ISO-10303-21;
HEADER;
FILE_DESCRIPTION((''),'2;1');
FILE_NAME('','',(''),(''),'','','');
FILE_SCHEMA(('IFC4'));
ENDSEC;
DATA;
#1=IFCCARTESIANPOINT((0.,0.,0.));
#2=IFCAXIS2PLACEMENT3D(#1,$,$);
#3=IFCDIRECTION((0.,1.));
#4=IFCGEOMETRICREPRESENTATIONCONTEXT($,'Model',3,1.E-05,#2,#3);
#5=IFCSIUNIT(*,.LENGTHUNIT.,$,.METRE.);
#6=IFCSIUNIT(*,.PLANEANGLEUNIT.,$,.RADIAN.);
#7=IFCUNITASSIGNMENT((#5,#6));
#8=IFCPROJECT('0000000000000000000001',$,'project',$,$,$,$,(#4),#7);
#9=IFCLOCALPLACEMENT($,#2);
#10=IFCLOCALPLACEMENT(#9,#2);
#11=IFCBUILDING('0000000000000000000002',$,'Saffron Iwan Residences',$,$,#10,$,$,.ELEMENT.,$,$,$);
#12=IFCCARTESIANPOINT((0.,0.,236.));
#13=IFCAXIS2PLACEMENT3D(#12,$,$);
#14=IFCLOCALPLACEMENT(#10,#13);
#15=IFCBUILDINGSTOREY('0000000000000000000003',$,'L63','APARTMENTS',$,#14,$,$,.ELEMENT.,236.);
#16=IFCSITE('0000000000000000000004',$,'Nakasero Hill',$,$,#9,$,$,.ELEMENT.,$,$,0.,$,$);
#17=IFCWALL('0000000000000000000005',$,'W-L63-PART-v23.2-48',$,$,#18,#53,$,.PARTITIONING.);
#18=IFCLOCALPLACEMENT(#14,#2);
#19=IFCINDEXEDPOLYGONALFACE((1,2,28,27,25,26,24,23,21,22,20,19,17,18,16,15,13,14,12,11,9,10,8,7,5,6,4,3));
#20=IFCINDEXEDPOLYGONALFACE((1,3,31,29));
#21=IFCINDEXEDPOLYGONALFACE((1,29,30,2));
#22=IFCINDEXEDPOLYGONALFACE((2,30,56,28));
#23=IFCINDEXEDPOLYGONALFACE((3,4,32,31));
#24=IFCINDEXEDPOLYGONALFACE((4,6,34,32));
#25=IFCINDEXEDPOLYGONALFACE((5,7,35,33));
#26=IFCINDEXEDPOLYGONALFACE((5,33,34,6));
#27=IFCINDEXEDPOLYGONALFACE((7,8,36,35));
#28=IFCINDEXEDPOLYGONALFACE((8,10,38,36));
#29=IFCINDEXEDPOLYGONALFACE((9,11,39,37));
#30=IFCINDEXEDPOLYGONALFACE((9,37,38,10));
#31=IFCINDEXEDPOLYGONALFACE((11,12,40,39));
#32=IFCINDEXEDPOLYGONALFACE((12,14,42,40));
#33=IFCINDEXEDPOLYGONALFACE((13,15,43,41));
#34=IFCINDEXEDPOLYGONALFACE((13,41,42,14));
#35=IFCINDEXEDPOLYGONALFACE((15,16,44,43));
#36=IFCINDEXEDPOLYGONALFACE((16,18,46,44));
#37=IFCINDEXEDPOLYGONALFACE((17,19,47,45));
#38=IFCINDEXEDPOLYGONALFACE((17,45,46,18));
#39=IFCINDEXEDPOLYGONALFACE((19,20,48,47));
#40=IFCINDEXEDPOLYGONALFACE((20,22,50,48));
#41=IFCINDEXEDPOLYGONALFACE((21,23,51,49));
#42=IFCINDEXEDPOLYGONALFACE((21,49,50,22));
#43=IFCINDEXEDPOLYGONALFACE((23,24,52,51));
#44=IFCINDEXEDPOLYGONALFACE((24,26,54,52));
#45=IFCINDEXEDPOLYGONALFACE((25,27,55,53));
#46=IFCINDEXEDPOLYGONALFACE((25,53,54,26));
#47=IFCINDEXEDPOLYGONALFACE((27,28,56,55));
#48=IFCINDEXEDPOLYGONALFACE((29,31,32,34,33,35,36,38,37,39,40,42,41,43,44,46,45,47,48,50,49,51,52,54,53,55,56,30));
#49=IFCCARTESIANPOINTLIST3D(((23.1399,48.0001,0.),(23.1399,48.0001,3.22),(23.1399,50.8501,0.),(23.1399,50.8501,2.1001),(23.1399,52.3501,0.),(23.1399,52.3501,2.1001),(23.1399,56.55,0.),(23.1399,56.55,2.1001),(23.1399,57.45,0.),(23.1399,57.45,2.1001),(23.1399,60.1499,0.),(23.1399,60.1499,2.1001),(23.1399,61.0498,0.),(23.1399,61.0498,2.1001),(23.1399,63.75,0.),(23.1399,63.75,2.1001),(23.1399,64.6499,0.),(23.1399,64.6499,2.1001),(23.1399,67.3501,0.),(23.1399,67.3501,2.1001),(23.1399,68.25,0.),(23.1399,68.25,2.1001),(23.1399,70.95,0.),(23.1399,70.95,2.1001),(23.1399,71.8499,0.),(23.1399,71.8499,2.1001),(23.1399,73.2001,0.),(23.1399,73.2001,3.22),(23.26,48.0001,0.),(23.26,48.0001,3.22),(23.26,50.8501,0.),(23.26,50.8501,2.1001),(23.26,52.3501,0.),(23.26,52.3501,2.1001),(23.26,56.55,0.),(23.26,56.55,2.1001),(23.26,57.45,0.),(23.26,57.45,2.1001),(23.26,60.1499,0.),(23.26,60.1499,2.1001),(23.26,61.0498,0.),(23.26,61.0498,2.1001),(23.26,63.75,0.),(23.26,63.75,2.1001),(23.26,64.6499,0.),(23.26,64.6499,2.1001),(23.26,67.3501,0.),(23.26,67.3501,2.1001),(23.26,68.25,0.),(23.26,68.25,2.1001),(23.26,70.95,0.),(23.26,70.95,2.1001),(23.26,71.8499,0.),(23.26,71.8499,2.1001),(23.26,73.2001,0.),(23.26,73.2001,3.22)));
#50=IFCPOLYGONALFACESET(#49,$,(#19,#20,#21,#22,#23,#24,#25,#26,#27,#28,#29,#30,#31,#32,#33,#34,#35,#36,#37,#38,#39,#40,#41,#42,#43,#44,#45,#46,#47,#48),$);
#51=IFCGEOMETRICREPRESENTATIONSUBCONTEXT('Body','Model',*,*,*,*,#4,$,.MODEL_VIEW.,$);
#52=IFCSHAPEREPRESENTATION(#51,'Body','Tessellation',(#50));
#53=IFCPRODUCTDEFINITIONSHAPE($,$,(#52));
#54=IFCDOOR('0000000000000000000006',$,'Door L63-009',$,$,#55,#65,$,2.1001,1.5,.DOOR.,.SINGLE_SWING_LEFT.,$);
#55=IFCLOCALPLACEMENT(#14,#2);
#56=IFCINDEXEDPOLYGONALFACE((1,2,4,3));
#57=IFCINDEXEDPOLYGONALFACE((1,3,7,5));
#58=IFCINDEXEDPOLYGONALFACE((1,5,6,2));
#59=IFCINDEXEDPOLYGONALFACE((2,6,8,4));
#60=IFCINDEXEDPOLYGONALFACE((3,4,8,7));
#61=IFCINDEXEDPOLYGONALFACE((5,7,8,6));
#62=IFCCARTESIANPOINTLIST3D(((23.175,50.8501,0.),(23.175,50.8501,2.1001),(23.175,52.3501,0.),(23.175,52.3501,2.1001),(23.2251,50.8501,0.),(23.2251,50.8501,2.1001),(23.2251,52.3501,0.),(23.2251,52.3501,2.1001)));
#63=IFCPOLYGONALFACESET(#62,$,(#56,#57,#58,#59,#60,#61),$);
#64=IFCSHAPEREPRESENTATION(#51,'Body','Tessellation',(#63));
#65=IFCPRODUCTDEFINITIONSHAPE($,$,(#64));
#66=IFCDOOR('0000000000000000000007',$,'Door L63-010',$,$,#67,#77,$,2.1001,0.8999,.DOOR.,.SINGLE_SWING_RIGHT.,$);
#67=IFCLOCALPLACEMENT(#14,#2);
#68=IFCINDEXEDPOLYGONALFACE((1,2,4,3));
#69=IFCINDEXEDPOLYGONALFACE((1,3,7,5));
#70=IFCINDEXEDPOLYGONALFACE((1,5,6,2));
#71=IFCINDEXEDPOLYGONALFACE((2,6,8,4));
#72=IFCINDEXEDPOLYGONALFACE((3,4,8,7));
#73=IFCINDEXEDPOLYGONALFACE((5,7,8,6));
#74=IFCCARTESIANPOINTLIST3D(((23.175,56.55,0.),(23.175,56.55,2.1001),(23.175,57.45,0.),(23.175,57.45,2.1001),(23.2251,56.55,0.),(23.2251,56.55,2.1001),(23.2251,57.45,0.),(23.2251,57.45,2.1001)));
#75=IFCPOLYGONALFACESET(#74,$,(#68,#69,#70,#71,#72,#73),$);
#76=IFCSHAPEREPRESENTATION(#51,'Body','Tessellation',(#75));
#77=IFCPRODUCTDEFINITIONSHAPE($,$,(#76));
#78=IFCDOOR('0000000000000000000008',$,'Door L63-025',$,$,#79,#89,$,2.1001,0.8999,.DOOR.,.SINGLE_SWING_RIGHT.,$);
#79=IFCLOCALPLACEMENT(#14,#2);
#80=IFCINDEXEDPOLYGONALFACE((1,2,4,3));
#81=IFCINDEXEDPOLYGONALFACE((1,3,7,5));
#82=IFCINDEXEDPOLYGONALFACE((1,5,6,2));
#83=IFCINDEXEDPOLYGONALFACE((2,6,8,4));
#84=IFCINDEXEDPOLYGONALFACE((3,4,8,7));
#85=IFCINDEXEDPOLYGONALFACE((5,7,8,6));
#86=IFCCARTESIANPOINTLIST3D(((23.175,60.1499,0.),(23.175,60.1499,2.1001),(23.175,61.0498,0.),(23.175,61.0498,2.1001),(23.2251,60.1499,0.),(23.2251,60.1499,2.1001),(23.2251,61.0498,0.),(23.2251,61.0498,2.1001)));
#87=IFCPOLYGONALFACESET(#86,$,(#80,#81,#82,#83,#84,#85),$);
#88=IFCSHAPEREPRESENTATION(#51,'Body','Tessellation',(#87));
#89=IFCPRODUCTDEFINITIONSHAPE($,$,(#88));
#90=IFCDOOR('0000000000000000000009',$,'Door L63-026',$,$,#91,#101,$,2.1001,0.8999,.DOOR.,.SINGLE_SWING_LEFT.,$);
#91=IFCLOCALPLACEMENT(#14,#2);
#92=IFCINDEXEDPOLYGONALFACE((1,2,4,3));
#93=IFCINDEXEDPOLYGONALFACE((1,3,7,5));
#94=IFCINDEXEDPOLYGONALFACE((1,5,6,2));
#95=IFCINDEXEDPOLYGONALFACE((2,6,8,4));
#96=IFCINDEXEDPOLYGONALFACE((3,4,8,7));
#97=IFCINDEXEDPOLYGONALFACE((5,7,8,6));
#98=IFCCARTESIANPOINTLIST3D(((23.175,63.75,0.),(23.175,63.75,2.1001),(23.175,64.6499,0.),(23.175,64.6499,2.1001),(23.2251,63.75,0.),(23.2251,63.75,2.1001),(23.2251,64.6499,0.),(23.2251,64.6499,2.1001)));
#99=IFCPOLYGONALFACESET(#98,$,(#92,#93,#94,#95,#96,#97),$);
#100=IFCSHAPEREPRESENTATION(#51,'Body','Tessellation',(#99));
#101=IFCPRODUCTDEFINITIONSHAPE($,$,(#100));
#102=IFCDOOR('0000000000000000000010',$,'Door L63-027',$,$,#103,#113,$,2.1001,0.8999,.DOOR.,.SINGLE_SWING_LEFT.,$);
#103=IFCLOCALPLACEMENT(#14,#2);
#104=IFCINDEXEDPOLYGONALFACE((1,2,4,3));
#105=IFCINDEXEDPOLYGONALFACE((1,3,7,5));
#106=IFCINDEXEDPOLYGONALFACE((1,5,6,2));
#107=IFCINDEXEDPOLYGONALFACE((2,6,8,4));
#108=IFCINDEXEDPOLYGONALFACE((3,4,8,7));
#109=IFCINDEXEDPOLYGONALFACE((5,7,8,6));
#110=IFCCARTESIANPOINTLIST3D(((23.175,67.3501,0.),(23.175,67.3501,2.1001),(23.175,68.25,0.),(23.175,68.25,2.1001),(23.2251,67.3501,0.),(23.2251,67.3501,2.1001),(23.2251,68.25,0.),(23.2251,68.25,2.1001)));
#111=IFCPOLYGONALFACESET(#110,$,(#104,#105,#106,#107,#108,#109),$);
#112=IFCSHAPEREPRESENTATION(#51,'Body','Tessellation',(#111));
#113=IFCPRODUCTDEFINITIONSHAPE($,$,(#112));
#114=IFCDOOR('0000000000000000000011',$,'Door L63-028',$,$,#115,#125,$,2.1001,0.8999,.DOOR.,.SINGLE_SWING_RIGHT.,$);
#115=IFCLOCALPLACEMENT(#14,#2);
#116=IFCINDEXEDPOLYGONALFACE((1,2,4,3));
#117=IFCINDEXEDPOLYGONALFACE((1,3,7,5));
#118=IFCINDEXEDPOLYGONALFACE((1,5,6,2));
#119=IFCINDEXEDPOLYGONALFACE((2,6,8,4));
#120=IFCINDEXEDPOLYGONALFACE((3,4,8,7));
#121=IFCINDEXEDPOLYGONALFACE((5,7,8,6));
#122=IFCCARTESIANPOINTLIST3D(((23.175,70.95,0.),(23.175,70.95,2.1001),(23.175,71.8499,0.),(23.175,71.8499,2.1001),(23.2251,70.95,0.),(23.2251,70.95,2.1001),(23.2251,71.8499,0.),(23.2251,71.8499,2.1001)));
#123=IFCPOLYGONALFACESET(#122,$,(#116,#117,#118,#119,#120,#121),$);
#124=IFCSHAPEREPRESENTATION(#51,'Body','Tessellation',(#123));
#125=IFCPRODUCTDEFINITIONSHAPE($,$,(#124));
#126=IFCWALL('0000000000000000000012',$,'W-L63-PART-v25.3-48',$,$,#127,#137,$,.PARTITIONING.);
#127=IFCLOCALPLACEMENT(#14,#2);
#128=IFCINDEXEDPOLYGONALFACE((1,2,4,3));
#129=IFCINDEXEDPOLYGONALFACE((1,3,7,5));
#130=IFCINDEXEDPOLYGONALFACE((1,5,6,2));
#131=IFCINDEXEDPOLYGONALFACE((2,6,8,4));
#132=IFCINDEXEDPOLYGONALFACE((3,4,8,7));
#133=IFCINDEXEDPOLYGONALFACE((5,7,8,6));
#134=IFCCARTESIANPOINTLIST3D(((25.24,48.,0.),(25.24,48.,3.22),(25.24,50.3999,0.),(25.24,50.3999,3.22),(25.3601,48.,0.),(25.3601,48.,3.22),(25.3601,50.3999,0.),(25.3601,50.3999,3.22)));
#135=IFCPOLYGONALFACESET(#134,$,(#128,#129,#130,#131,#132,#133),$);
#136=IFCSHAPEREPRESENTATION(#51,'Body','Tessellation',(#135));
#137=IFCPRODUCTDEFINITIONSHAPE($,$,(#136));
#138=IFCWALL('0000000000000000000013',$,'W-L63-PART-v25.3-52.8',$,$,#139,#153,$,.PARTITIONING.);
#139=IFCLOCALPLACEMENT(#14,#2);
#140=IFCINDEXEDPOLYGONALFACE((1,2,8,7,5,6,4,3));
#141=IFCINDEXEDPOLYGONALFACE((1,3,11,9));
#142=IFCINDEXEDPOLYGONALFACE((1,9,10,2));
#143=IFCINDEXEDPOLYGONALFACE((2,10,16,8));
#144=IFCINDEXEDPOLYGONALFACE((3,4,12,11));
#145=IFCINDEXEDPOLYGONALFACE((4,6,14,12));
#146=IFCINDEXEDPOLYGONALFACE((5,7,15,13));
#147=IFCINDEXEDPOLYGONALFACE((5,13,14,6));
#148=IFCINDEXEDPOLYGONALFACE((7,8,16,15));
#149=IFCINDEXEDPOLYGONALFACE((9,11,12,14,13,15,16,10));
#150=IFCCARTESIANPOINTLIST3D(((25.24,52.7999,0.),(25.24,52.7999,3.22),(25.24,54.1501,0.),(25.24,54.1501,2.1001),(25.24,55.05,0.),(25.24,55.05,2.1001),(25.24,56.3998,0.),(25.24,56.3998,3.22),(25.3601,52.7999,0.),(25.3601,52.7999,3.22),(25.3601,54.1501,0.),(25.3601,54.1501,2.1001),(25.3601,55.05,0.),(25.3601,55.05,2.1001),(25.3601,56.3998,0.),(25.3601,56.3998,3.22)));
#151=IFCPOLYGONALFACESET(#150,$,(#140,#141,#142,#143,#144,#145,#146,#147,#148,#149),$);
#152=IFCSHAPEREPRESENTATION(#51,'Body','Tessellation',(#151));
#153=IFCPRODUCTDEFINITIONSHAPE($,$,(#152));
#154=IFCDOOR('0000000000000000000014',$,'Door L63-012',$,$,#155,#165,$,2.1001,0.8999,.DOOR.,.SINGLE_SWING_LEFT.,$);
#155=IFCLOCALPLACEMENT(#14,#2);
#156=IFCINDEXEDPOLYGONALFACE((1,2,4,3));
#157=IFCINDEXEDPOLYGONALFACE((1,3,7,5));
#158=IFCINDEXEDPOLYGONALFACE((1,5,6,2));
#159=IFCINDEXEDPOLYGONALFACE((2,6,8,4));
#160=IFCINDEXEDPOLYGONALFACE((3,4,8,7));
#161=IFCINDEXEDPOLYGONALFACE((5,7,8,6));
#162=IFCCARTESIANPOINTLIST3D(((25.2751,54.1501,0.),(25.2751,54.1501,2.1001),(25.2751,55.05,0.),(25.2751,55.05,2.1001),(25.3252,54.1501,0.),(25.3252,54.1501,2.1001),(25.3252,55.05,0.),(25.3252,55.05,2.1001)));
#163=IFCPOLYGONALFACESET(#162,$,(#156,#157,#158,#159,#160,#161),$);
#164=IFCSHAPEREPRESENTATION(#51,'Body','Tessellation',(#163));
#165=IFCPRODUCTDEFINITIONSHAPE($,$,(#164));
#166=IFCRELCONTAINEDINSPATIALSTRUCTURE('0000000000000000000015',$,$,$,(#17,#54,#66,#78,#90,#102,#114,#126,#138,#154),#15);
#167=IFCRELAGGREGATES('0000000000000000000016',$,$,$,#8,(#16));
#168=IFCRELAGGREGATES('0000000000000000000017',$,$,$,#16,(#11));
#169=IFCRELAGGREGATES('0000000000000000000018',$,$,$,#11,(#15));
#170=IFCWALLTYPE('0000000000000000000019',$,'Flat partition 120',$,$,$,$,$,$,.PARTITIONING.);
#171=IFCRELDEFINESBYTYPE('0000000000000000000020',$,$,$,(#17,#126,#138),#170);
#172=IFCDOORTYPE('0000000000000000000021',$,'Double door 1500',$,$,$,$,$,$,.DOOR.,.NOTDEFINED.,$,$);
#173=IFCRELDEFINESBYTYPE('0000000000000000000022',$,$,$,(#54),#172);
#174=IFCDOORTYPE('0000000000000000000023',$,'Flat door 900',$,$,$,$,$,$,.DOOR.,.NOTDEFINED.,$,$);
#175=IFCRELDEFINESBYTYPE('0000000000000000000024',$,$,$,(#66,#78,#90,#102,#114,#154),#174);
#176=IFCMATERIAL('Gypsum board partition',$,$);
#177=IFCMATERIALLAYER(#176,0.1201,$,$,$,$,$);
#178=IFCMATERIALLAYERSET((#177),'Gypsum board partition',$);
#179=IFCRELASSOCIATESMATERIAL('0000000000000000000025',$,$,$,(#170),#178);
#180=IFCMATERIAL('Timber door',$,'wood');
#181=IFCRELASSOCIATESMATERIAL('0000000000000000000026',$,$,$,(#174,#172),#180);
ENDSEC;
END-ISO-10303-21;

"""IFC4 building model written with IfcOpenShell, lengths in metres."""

from ifc_helpers import new_model, si_unit, direction, frame, frame_2d, origin, place, context, subcontext, project, spatial, rectangle, extrude, material, layer, layer_set, type_object, element, fill, save


model = new_model("IFC4")

# Units and contexts
model_context = context("Model", 3, precision=1e-05, world=origin(), true_north=direction((0.0, 1.0)))
body_context = subcontext(model_context, "Body", "Model", "MODEL_VIEW")
ifc_project = project(units=[si_unit("LENGTHUNIT", "METRE"), si_unit("PLANEANGLEUNIT", "RADIAN")], contexts=[model_context])

# Site, building, storey
site_placement = place(None, origin())
site = spatial("IfcSite", under=ifc_project, at=site_placement, Name="Nakasero Hill", CompositionType="ELEMENT", RefElevation=0.0)
building_placement = place(site_placement, origin())
building = spatial("IfcBuilding", under=site, at=building_placement, Name="Saffron Iwan Residences", CompositionType="ELEMENT")
storey_placement = place(building_placement, frame((0.0, 0.0, 236.0)))
storey = spatial("IfcBuildingStorey", under=building, at=storey_placement, Name="L63", Description="APARTMENTS", CompositionType="ELEMENT", Elevation=236.0)

# Shared definitions
ifc_material_1 = material(Name="Gypsum board partition")
ifc_layer_1 = layer(ifc_material_1, 0.1201)
ifc_layer_set_1 = layer_set([ifc_layer_1], Name="Gypsum board partition")
wall_type_1 = type_object("IfcWallType", Name="Flat partition 120", PredefinedType="PARTITIONING", material=ifc_layer_set_1)
ifc_material_2 = material(Name="Timber door", Category="wood")
door_type_1 = type_object("IfcDoorType", Name="Flat door 900", OperationType="NOTDEFINED", PredefinedType="DOOR", material=ifc_material_2)

# Wall, openings, doors
wall_1_placement = place(storey_placement, frame((23.2, 48.0, 0.0), z_axis=(0.0, 0.0, 1.0), x_axis=(0.0, 1.0, 0.0)))
wall_1 = element("IfcWall", 1, at=wall_1_placement, inside=storey, type_object=wall_type_1, Name="W-L63-PART-v23.2-48", PredefinedType="PARTITIONING", context=body_context, shape_type="SweptSolid", body=[
    extrude(rectangle(XDim=25.2, YDim=0.1201, at=frame_2d((12.6001, 0.0))), origin(), (0.0, 0.0, 1.0), 3.22),
])
opening_1_placement = place(wall_1_placement, frame((2.8501, 0.0, 0.0)))
opening_1 = element("IfcOpeningElement", 2, at=opening_1_placement, cuts=wall_1, PredefinedType="OPENING", context=body_context, shape_type="SweptSolid", body=[
    extrude(rectangle(XDim=1.5, YDim=2.1001, at=frame_2d((0.75, 1.05))), frame((0.0, 0.0701, 0.0), z_axis=(0.0, -1.0, 0.0), x_axis=(1.0, 0.0, 0.0)), (0.0, 0.0, 1.0), 0.1401),
])
opening_2_placement = place(wall_1_placement, frame((8.55, 0.0, 0.0)))
opening_2 = element("IfcOpeningElement", 3, at=opening_2_placement, cuts=wall_1, PredefinedType="OPENING", context=body_context, shape_type="SweptSolid", body=[
    extrude(rectangle(XDim=0.8999, YDim=2.1001, at=frame_2d((0.45, 1.05))), frame((0.0, 0.0701, 0.0), z_axis=(0.0, -1.0, 0.0), x_axis=(1.0, 0.0, 0.0)), (0.0, 0.0, 1.0), 0.1401),
])
opening_3_placement = place(wall_1_placement, frame((12.1499, 0.0, 0.0)))
opening_3 = element("IfcOpeningElement", 4, at=opening_3_placement, cuts=wall_1, PredefinedType="OPENING", context=body_context, shape_type="SweptSolid", body=[
    extrude(rectangle(XDim=0.8999, YDim=2.1001, at=frame_2d((0.45, 1.05))), frame((0.0, 0.0701, 0.0), z_axis=(0.0, -1.0, 0.0), x_axis=(1.0, 0.0, 0.0)), (0.0, 0.0, 1.0), 0.1401),
])
opening_4_placement = place(wall_1_placement, frame((15.75, 0.0, 0.0)))
opening_4 = element("IfcOpeningElement", 5, at=opening_4_placement, cuts=wall_1, PredefinedType="OPENING", context=body_context, shape_type="SweptSolid", body=[
    extrude(rectangle(XDim=0.8999, YDim=2.1001, at=frame_2d((0.45, 1.05))), frame((0.0, 0.0701, 0.0), z_axis=(0.0, -1.0, 0.0), x_axis=(1.0, 0.0, 0.0)), (0.0, 0.0, 1.0), 0.1401),
])
opening_5_placement = place(wall_1_placement, frame((19.3501, 0.0, 0.0)))
opening_5 = element("IfcOpeningElement", 6, at=opening_5_placement, cuts=wall_1, PredefinedType="OPENING", context=body_context, shape_type="SweptSolid", body=[
    extrude(rectangle(XDim=0.8999, YDim=2.1001, at=frame_2d((0.45, 1.05))), frame((0.0, 0.0701, 0.0), z_axis=(0.0, -1.0, 0.0), x_axis=(1.0, 0.0, 0.0)), (0.0, 0.0, 1.0), 0.1401),
])
opening_6_placement = place(wall_1_placement, frame((22.95, 0.0, 0.0)))
opening_6 = element("IfcOpeningElement", 7, at=opening_6_placement, cuts=wall_1, PredefinedType="OPENING", context=body_context, shape_type="SweptSolid", body=[
    extrude(rectangle(XDim=0.8999, YDim=2.1001, at=frame_2d((0.45, 1.05))), frame((0.0, 0.0701, 0.0), z_axis=(0.0, -1.0, 0.0), x_axis=(1.0, 0.0, 0.0)), (0.0, 0.0, 1.0), 0.1401),
])
door_type_2 = type_object("IfcDoorType", Name="Double door 1500", OperationType="NOTDEFINED", PredefinedType="DOOR", material=ifc_material_2)
door_1_placement = place(opening_1_placement, origin())
door_1 = element("IfcDoor", 8, at=door_1_placement, inside=storey, type_object=door_type_2, Name="Door L63-009", OperationType="SINGLE_SWING_LEFT", OverallHeight=2.1001, OverallWidth=1.5, PredefinedType="DOOR", context=body_context, shape_type="SweptSolid", body=[
    extrude(rectangle(XDim=1.5, YDim=2.1001, at=frame_2d((0.75, 1.05))), frame((0.0, 0.0249, 0.0), z_axis=(0.0, -1.0, 0.0), x_axis=(1.0, 0.0, 0.0)), (0.0, 0.0, 1.0), 0.05),
])
fill(opening_1, door_1)
door_2_placement = place(opening_2_placement, origin())
door_2 = element("IfcDoor", 9, at=door_2_placement, inside=storey, type_object=door_type_1, Name="Door L63-010", OperationType="SINGLE_SWING_RIGHT", OverallHeight=2.1001, OverallWidth=0.8999, PredefinedType="DOOR", context=body_context, shape_type="SweptSolid", body=[
    extrude(rectangle(XDim=0.8999, YDim=2.1001, at=frame_2d((0.45, 1.05))), frame((0.0, 0.0249, 0.0), z_axis=(0.0, -1.0, 0.0), x_axis=(1.0, 0.0, 0.0)), (0.0, 0.0, 1.0), 0.05),
])
fill(opening_2, door_2)
door_3_placement = place(opening_3_placement, origin())
door_3 = element("IfcDoor", 10, at=door_3_placement, inside=storey, type_object=door_type_1, Name="Door L63-025", OperationType="SINGLE_SWING_RIGHT", OverallHeight=2.1001, OverallWidth=0.8999, PredefinedType="DOOR", context=body_context, shape_type="SweptSolid", body=[
    extrude(rectangle(XDim=0.8999, YDim=2.1001, at=frame_2d((0.45, 1.05))), frame((0.0, 0.0249, 0.0), z_axis=(0.0, -1.0, 0.0), x_axis=(1.0, 0.0, 0.0)), (0.0, 0.0, 1.0), 0.05),
])
fill(opening_3, door_3)
door_4_placement = place(opening_4_placement, origin())
door_4 = element("IfcDoor", 11, at=door_4_placement, inside=storey, type_object=door_type_1, Name="Door L63-026", OperationType="SINGLE_SWING_LEFT", OverallHeight=2.1001, OverallWidth=0.8999, PredefinedType="DOOR", context=body_context, shape_type="SweptSolid", body=[
    extrude(rectangle(XDim=0.8999, YDim=2.1001, at=frame_2d((0.45, 1.05))), frame((0.0, 0.0249, 0.0), z_axis=(0.0, -1.0, 0.0), x_axis=(1.0, 0.0, 0.0)), (0.0, 0.0, 1.0), 0.05),
])
fill(opening_4, door_4)
door_5_placement = place(opening_5_placement, origin())
door_5 = element("IfcDoor", 12, at=door_5_placement, inside=storey, type_object=door_type_1, Name="Door L63-027", OperationType="SINGLE_SWING_LEFT", OverallHeight=2.1001, OverallWidth=0.8999, PredefinedType="DOOR", context=body_context, shape_type="SweptSolid", body=[
    extrude(rectangle(XDim=0.8999, YDim=2.1001, at=frame_2d((0.45, 1.05))), frame((0.0, 0.0249, 0.0), z_axis=(0.0, -1.0, 0.0), x_axis=(1.0, 0.0, 0.0)), (0.0, 0.0, 1.0), 0.05),
])
fill(opening_5, door_5)
door_6_placement = place(opening_6_placement, origin())
door_6 = element("IfcDoor", 13, at=door_6_placement, inside=storey, type_object=door_type_1, Name="Door L63-028", OperationType="SINGLE_SWING_RIGHT", OverallHeight=2.1001, OverallWidth=0.8999, PredefinedType="DOOR", context=body_context, shape_type="SweptSolid", body=[
    extrude(rectangle(XDim=0.8999, YDim=2.1001, at=frame_2d((0.45, 1.05))), frame((0.0, 0.0249, 0.0), z_axis=(0.0, -1.0, 0.0), x_axis=(1.0, 0.0, 0.0)), (0.0, 0.0, 1.0), 0.05),
])
fill(opening_6, door_6)

# Wall
wall_2_placement = place(storey_placement, frame((25.3, 48.0, 0.0), z_axis=(0.0, 0.0, 1.0), x_axis=(0.0, 1.0, 0.0)))
element("IfcWall", 14, at=wall_2_placement, inside=storey, type_object=wall_type_1, Name="W-L63-PART-v25.3-48", PredefinedType="PARTITIONING", context=body_context, shape_type="SweptSolid", body=[
    extrude(rectangle(XDim=2.3999, YDim=0.1201, at=frame_2d((1.2, 0.0))), origin(), (0.0, 0.0, 1.0), 3.22),
])

# Wall, opening, door
wall_3_placement = place(storey_placement, frame((25.3, 52.8, 0.0), z_axis=(0.0, 0.0, 1.0), x_axis=(0.0, 1.0, 0.0)))
wall_3 = element("IfcWall", 15, at=wall_3_placement, inside=storey, type_object=wall_type_1, Name="W-L63-PART-v25.3-52.8", PredefinedType="PARTITIONING", context=body_context, shape_type="SweptSolid", body=[
    extrude(rectangle(XDim=3.5999, YDim=0.1201, at=frame_2d((1.7998, 0.0))), origin(), (0.0, 0.0, 1.0), 3.22),
])
opening_7_placement = place(wall_3_placement, frame((1.3501, 0.0, 0.0)))
opening_7 = element("IfcOpeningElement", 16, at=opening_7_placement, cuts=wall_3, PredefinedType="OPENING", context=body_context, shape_type="SweptSolid", body=[
    extrude(rectangle(XDim=0.8999, YDim=2.1001, at=frame_2d((0.45, 1.05))), frame((0.0, 0.0701, 0.0), z_axis=(0.0, -1.0, 0.0), x_axis=(1.0, 0.0, 0.0)), (0.0, 0.0, 1.0), 0.1401),
])
door_7_placement = place(opening_7_placement, origin())
door_7 = element("IfcDoor", 17, at=door_7_placement, inside=storey, type_object=door_type_1, Name="Door L63-012", OperationType="SINGLE_SWING_LEFT", OverallHeight=2.1001, OverallWidth=0.8999, PredefinedType="DOOR", context=body_context, shape_type="SweptSolid", body=[
    extrude(rectangle(XDim=0.8999, YDim=2.1001, at=frame_2d((0.45, 1.05))), frame((0.0, 0.0249, 0.0), z_axis=(0.0, -1.0, 0.0), x_axis=(1.0, 0.0, 0.0)), (0.0, 0.0, 1.0), 0.05),
])
fill(opening_7, door_7)

save(model, "model.ifc")
